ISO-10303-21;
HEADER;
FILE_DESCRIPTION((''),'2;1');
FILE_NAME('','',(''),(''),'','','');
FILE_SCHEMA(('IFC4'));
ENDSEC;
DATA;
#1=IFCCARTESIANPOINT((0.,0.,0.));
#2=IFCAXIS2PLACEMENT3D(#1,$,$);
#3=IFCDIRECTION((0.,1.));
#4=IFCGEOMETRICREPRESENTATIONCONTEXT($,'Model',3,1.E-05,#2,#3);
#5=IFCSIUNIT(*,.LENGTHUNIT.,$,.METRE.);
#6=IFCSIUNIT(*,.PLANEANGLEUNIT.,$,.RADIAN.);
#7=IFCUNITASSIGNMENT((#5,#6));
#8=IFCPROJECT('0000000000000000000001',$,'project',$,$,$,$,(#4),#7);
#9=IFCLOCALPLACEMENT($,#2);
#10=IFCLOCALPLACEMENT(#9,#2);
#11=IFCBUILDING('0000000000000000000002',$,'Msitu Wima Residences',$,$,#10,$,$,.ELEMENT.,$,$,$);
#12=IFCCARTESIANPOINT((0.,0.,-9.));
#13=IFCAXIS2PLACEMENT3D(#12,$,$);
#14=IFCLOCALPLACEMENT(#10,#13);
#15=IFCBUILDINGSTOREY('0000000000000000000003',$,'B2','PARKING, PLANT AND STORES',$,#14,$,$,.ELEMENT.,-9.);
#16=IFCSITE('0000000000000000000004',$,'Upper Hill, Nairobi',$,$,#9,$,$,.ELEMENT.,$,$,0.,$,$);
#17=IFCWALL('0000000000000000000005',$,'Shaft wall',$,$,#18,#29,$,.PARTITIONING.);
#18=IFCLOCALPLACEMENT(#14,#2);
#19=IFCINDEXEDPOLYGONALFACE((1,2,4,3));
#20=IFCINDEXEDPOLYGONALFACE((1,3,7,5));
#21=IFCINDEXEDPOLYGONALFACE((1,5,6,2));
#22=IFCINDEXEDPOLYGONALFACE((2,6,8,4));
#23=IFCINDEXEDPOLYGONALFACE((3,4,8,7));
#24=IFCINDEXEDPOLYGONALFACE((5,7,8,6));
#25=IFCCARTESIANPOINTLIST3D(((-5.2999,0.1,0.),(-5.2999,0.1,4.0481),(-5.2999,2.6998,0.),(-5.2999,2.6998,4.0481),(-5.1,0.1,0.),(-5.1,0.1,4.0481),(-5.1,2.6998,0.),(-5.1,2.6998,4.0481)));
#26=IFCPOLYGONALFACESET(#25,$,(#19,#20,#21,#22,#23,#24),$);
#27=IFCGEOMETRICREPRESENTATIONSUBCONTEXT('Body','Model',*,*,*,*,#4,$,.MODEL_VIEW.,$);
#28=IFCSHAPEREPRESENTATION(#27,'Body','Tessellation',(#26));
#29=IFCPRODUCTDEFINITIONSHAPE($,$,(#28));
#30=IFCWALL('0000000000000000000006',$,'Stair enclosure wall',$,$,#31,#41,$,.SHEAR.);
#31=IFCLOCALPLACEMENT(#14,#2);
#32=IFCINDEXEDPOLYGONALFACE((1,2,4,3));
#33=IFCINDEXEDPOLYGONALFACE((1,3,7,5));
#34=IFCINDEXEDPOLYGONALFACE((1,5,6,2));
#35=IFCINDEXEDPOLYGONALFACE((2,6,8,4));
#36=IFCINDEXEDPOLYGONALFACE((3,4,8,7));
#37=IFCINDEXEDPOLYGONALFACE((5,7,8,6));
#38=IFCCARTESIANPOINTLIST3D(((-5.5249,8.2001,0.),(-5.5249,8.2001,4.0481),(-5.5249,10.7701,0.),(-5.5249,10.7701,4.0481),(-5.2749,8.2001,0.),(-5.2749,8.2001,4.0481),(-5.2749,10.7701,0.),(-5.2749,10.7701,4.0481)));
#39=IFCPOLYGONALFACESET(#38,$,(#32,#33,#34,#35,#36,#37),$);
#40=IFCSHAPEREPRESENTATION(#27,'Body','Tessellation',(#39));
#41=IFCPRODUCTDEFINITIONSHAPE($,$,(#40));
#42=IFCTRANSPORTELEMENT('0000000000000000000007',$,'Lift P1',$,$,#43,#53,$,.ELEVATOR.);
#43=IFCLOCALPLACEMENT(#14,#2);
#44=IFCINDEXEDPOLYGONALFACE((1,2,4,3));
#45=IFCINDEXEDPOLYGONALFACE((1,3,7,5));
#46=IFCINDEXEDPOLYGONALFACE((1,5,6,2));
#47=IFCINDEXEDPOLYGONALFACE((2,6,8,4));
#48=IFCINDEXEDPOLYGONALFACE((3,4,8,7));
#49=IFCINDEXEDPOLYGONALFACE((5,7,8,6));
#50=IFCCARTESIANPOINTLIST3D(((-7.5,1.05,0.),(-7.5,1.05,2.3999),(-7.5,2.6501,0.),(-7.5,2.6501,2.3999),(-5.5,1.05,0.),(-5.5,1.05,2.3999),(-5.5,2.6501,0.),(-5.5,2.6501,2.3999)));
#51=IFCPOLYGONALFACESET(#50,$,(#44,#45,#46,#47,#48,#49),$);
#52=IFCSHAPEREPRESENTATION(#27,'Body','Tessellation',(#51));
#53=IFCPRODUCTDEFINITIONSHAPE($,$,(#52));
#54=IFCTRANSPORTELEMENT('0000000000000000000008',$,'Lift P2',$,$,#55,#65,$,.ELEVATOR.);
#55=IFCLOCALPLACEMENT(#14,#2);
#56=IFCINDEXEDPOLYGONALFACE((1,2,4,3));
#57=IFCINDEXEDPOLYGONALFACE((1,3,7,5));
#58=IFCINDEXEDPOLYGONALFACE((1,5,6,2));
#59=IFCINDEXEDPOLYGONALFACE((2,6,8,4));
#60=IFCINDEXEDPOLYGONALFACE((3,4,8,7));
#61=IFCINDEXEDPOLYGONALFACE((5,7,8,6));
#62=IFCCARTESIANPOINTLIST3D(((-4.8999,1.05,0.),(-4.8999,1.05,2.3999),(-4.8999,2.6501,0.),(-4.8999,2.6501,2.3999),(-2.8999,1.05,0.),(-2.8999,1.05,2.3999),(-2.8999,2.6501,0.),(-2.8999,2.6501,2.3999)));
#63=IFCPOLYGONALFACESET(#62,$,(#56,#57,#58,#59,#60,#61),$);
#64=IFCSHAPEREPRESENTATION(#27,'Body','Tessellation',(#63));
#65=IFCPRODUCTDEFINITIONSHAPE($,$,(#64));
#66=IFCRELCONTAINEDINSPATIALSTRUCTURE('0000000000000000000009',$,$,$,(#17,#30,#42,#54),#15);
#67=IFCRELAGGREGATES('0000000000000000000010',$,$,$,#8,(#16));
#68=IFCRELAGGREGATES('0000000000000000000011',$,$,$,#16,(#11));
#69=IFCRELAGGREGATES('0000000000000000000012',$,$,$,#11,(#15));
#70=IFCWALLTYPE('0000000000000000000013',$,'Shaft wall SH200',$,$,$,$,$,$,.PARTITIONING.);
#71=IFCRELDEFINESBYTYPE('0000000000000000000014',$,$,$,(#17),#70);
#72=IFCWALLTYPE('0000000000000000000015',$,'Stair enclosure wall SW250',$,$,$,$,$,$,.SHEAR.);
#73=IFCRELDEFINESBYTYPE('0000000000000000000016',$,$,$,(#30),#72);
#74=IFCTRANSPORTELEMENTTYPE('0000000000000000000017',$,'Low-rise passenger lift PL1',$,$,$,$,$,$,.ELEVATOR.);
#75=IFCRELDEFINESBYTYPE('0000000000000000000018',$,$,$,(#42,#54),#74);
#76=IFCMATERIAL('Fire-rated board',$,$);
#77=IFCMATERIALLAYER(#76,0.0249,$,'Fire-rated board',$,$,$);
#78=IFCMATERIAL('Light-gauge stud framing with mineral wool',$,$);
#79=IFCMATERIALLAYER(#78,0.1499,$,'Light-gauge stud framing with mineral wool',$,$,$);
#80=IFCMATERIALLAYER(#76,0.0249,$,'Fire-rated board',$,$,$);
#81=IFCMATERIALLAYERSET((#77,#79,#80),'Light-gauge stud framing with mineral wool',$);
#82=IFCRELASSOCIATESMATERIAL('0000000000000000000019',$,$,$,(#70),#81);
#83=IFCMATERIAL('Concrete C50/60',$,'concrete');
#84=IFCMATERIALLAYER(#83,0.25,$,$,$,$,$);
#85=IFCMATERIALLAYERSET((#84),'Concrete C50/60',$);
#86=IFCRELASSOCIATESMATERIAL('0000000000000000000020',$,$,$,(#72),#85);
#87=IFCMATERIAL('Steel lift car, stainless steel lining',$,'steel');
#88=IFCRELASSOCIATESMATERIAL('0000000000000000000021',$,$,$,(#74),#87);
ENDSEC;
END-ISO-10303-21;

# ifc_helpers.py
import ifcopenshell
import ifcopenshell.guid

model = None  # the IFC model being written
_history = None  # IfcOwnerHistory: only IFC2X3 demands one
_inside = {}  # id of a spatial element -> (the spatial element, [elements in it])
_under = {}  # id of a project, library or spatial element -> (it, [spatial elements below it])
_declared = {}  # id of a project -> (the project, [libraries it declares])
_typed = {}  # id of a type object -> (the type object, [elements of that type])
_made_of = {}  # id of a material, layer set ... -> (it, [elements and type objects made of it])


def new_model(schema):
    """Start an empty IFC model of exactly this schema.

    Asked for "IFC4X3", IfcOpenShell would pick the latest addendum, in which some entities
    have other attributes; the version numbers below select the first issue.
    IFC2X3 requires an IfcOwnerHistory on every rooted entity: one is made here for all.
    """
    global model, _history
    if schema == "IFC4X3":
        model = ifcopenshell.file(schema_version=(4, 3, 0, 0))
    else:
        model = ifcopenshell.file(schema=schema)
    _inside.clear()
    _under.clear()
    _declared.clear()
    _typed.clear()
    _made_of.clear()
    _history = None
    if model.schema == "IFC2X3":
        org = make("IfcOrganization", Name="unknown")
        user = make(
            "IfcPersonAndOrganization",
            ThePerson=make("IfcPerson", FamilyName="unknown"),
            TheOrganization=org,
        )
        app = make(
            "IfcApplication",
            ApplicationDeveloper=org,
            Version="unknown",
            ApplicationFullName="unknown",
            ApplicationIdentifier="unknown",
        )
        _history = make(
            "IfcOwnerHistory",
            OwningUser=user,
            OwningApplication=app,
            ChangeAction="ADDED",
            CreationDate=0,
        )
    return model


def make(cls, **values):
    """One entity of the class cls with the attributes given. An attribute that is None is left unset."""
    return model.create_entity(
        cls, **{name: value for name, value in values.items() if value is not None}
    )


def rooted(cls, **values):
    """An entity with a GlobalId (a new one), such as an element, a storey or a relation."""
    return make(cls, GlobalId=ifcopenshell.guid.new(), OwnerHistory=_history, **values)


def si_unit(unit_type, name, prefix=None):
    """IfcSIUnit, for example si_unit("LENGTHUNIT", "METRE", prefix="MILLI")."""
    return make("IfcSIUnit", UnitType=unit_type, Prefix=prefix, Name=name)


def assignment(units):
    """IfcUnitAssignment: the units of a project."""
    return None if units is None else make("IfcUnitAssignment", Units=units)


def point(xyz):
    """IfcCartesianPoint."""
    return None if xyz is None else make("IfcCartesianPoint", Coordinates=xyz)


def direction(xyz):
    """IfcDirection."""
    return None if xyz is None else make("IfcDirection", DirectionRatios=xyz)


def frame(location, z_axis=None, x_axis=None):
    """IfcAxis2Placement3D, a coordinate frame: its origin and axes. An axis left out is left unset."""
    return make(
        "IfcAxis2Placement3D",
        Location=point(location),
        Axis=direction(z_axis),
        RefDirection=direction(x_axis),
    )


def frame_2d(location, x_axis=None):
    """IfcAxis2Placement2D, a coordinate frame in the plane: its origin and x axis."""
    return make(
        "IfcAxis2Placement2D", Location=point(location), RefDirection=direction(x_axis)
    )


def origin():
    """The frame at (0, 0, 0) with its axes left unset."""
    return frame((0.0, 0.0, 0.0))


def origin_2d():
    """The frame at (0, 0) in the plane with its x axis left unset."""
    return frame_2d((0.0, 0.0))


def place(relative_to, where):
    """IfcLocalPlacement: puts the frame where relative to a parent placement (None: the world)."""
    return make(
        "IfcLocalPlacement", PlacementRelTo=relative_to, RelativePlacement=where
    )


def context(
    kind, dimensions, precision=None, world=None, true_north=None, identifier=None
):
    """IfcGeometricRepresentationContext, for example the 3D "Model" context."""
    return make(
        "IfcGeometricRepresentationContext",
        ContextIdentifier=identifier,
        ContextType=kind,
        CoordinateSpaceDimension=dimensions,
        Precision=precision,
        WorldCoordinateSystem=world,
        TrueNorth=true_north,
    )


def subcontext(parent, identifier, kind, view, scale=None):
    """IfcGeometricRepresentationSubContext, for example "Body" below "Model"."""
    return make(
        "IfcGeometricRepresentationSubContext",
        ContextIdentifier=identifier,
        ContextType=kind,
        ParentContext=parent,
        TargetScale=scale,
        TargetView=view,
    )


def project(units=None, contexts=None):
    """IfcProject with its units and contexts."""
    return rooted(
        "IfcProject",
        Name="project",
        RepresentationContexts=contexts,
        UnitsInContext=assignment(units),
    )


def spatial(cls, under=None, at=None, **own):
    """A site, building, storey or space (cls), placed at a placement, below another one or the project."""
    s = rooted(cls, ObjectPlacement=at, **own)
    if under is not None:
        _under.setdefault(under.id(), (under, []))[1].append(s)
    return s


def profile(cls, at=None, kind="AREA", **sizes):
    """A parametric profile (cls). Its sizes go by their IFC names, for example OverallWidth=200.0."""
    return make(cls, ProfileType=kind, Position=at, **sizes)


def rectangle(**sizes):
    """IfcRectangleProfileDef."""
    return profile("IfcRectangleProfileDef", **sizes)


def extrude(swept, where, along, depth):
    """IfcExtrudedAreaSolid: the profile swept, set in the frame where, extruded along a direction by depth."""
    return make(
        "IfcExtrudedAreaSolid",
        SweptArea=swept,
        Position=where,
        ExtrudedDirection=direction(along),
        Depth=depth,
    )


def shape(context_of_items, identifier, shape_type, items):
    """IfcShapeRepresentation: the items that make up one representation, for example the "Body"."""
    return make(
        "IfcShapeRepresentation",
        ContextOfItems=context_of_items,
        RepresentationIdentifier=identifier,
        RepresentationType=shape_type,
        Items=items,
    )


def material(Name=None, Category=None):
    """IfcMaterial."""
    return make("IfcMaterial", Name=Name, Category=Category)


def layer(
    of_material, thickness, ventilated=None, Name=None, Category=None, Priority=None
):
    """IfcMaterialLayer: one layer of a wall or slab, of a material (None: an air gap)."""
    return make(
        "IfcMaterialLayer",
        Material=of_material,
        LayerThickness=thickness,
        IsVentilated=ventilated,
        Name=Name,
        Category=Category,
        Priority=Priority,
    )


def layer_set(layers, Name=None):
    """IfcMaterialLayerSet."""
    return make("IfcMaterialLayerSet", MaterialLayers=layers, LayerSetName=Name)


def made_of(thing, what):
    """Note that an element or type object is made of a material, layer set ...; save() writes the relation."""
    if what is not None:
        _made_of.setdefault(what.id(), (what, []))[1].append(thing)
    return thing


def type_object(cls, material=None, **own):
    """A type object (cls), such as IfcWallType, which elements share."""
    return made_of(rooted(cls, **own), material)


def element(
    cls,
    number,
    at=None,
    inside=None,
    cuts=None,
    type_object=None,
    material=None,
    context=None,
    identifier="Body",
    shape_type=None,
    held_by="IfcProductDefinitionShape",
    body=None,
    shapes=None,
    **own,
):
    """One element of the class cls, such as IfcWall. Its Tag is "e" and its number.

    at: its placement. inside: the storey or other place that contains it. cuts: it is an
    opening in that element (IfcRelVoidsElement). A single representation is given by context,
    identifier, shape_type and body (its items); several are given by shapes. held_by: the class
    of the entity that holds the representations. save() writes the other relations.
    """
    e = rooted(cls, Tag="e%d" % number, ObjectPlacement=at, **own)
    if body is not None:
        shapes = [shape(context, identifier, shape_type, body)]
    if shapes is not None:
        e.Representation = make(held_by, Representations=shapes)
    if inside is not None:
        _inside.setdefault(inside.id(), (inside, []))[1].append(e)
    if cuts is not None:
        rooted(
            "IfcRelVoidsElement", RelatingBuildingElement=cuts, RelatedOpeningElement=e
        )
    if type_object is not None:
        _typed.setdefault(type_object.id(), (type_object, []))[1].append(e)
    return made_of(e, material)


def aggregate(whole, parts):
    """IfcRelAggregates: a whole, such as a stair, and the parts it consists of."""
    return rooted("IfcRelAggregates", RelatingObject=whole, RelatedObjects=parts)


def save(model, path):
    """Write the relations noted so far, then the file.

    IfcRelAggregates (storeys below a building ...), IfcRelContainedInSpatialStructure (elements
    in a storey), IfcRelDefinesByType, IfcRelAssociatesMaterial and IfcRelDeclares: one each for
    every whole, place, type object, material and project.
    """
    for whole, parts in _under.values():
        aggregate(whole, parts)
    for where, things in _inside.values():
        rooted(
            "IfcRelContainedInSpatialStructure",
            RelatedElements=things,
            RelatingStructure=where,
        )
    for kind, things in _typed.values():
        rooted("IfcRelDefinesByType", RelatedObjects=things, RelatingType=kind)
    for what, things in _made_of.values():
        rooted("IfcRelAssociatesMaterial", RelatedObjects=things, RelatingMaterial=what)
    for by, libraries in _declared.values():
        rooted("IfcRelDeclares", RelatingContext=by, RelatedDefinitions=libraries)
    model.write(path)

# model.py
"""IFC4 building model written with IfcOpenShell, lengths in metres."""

from ifc_helpers import new_model, si_unit, direction, frame, frame_2d, origin, origin_2d, place, context, subcontext, project, spatial, rectangle, extrude, material, layer, layer_set, type_object, element, save


model = new_model("IFC4")

# Units and contexts
model_context = context("Model", 3, precision=1e-05, world=origin(), true_north=direction((0.0, 1.0)))
body_context = subcontext(model_context, "Body", "Model", "MODEL_VIEW")
ifc_project = project(units=[si_unit("LENGTHUNIT", "METRE"), si_unit("PLANEANGLEUNIT", "RADIAN")], contexts=[model_context])

# Site, building, storey
site_placement = place(None, origin())
site = spatial("IfcSite", under=ifc_project, at=site_placement, Name="Upper Hill, Nairobi", CompositionType="ELEMENT", RefElevation=0.0)
building_placement = place(site_placement, origin())
building = spatial("IfcBuilding", under=site, at=building_placement, Name="Msitu Wima Residences", CompositionType="ELEMENT")
storey_placement = place(building_placement, frame((0.0, 0.0, -9.0)))
storey = spatial("IfcBuildingStorey", under=building, at=storey_placement, Name="B2", Description="PARKING, PLANT AND STORES", CompositionType="ELEMENT", Elevation=-9.0)

# Walls
ifc_material_1 = material(Name="Fire-rated board")
ifc_layer_1 = layer(ifc_material_1, 0.0249, Name="Fire-rated board")
ifc_material_2 = material(Name="Light-gauge stud framing with mineral wool")
ifc_layer_2 = layer(ifc_material_2, 0.1499, Name="Light-gauge stud framing with mineral wool")
ifc_layer_3 = layer(ifc_material_1, 0.0249, Name="Fire-rated board")
ifc_layer_set_1 = layer_set([ifc_layer_1, ifc_layer_2, ifc_layer_3], Name="Light-gauge stud framing with mineral wool")
wall_type_1 = type_object("IfcWallType", Name="Shaft wall SH200", PredefinedType="PARTITIONING", material=ifc_layer_set_1)
wall_1_placement = place(storey_placement, frame((-5.2, 0.1001, 0.0), z_axis=(0.0, 0.0, 1.0), x_axis=(0.0, 1.0, 0.0)))
element("IfcWall", 1, at=wall_1_placement, inside=storey, type_object=wall_type_1, Name="Shaft wall", PredefinedType="PARTITIONING", context=body_context, shape_type="SweptSolid", body=[
    extrude(rectangle(XDim=2.5999, YDim=0.2, at=frame_2d((1.2998, 0.0))), origin(), (0.0, 0.0, 1.0), 4.0481),
])
ifc_material_3 = material(Name="Concrete C50/60", Category="concrete")
ifc_layer_4 = layer(ifc_material_3, 0.25)
ifc_layer_set_2 = layer_set([ifc_layer_4], Name="Concrete C50/60")
wall_type_2 = type_object("IfcWallType", Name="Stair enclosure wall SW250", PredefinedType="SHEAR", material=ifc_layer_set_2)
wall_2_placement = place(storey_placement, frame((-5.3999, 8.2, 0.0), z_axis=(0.0, 0.0, 1.0), x_axis=(0.0, 1.0, 0.0)))
element("IfcWall", 2, at=wall_2_placement, inside=storey, type_object=wall_type_2, Name="Stair enclosure wall", PredefinedType="SHEAR", context=body_context, shape_type="SweptSolid", body=[
    extrude(rectangle(XDim=2.5701, YDim=0.25, at=frame_2d((1.2852, 0.0))), origin(), (0.0, 0.0, 1.0), 4.0481),
])

# Transport elements
ifc_material_4 = material(Name="Steel lift car, stainless steel lining", Category="steel")
transport_element_type = type_object("IfcTransportElementType", Name="Low-rise passenger lift PL1", PredefinedType="ELEVATOR", material=ifc_material_4)
for number, where, z_axis, x_axis, name in (
    (3, (-6.5, 1.8501, 0.0), (0.0, 0.0, 1.0), (1.0, 0.0, 0.0), "Lift P1"),
    (4, (-3.8999, 1.8501, 0.0), (0.0, 0.0, 1.0), (1.0, 0.0, 0.0), "Lift P2"),
):
    element("IfcTransportElement", number, at=place(storey_placement, frame(where, z_axis=z_axis, x_axis=x_axis)), inside=storey, type_object=transport_element_type, Name=name, PredefinedType="ELEVATOR", context=body_context, shape_type="SweptSolid", body=[
        extrude(rectangle(XDim=2.0, YDim=1.6001, at=origin_2d()), origin(), (0.0, 0.0, 1.0), 2.3999),
    ])

save(model, "model.ifc")
